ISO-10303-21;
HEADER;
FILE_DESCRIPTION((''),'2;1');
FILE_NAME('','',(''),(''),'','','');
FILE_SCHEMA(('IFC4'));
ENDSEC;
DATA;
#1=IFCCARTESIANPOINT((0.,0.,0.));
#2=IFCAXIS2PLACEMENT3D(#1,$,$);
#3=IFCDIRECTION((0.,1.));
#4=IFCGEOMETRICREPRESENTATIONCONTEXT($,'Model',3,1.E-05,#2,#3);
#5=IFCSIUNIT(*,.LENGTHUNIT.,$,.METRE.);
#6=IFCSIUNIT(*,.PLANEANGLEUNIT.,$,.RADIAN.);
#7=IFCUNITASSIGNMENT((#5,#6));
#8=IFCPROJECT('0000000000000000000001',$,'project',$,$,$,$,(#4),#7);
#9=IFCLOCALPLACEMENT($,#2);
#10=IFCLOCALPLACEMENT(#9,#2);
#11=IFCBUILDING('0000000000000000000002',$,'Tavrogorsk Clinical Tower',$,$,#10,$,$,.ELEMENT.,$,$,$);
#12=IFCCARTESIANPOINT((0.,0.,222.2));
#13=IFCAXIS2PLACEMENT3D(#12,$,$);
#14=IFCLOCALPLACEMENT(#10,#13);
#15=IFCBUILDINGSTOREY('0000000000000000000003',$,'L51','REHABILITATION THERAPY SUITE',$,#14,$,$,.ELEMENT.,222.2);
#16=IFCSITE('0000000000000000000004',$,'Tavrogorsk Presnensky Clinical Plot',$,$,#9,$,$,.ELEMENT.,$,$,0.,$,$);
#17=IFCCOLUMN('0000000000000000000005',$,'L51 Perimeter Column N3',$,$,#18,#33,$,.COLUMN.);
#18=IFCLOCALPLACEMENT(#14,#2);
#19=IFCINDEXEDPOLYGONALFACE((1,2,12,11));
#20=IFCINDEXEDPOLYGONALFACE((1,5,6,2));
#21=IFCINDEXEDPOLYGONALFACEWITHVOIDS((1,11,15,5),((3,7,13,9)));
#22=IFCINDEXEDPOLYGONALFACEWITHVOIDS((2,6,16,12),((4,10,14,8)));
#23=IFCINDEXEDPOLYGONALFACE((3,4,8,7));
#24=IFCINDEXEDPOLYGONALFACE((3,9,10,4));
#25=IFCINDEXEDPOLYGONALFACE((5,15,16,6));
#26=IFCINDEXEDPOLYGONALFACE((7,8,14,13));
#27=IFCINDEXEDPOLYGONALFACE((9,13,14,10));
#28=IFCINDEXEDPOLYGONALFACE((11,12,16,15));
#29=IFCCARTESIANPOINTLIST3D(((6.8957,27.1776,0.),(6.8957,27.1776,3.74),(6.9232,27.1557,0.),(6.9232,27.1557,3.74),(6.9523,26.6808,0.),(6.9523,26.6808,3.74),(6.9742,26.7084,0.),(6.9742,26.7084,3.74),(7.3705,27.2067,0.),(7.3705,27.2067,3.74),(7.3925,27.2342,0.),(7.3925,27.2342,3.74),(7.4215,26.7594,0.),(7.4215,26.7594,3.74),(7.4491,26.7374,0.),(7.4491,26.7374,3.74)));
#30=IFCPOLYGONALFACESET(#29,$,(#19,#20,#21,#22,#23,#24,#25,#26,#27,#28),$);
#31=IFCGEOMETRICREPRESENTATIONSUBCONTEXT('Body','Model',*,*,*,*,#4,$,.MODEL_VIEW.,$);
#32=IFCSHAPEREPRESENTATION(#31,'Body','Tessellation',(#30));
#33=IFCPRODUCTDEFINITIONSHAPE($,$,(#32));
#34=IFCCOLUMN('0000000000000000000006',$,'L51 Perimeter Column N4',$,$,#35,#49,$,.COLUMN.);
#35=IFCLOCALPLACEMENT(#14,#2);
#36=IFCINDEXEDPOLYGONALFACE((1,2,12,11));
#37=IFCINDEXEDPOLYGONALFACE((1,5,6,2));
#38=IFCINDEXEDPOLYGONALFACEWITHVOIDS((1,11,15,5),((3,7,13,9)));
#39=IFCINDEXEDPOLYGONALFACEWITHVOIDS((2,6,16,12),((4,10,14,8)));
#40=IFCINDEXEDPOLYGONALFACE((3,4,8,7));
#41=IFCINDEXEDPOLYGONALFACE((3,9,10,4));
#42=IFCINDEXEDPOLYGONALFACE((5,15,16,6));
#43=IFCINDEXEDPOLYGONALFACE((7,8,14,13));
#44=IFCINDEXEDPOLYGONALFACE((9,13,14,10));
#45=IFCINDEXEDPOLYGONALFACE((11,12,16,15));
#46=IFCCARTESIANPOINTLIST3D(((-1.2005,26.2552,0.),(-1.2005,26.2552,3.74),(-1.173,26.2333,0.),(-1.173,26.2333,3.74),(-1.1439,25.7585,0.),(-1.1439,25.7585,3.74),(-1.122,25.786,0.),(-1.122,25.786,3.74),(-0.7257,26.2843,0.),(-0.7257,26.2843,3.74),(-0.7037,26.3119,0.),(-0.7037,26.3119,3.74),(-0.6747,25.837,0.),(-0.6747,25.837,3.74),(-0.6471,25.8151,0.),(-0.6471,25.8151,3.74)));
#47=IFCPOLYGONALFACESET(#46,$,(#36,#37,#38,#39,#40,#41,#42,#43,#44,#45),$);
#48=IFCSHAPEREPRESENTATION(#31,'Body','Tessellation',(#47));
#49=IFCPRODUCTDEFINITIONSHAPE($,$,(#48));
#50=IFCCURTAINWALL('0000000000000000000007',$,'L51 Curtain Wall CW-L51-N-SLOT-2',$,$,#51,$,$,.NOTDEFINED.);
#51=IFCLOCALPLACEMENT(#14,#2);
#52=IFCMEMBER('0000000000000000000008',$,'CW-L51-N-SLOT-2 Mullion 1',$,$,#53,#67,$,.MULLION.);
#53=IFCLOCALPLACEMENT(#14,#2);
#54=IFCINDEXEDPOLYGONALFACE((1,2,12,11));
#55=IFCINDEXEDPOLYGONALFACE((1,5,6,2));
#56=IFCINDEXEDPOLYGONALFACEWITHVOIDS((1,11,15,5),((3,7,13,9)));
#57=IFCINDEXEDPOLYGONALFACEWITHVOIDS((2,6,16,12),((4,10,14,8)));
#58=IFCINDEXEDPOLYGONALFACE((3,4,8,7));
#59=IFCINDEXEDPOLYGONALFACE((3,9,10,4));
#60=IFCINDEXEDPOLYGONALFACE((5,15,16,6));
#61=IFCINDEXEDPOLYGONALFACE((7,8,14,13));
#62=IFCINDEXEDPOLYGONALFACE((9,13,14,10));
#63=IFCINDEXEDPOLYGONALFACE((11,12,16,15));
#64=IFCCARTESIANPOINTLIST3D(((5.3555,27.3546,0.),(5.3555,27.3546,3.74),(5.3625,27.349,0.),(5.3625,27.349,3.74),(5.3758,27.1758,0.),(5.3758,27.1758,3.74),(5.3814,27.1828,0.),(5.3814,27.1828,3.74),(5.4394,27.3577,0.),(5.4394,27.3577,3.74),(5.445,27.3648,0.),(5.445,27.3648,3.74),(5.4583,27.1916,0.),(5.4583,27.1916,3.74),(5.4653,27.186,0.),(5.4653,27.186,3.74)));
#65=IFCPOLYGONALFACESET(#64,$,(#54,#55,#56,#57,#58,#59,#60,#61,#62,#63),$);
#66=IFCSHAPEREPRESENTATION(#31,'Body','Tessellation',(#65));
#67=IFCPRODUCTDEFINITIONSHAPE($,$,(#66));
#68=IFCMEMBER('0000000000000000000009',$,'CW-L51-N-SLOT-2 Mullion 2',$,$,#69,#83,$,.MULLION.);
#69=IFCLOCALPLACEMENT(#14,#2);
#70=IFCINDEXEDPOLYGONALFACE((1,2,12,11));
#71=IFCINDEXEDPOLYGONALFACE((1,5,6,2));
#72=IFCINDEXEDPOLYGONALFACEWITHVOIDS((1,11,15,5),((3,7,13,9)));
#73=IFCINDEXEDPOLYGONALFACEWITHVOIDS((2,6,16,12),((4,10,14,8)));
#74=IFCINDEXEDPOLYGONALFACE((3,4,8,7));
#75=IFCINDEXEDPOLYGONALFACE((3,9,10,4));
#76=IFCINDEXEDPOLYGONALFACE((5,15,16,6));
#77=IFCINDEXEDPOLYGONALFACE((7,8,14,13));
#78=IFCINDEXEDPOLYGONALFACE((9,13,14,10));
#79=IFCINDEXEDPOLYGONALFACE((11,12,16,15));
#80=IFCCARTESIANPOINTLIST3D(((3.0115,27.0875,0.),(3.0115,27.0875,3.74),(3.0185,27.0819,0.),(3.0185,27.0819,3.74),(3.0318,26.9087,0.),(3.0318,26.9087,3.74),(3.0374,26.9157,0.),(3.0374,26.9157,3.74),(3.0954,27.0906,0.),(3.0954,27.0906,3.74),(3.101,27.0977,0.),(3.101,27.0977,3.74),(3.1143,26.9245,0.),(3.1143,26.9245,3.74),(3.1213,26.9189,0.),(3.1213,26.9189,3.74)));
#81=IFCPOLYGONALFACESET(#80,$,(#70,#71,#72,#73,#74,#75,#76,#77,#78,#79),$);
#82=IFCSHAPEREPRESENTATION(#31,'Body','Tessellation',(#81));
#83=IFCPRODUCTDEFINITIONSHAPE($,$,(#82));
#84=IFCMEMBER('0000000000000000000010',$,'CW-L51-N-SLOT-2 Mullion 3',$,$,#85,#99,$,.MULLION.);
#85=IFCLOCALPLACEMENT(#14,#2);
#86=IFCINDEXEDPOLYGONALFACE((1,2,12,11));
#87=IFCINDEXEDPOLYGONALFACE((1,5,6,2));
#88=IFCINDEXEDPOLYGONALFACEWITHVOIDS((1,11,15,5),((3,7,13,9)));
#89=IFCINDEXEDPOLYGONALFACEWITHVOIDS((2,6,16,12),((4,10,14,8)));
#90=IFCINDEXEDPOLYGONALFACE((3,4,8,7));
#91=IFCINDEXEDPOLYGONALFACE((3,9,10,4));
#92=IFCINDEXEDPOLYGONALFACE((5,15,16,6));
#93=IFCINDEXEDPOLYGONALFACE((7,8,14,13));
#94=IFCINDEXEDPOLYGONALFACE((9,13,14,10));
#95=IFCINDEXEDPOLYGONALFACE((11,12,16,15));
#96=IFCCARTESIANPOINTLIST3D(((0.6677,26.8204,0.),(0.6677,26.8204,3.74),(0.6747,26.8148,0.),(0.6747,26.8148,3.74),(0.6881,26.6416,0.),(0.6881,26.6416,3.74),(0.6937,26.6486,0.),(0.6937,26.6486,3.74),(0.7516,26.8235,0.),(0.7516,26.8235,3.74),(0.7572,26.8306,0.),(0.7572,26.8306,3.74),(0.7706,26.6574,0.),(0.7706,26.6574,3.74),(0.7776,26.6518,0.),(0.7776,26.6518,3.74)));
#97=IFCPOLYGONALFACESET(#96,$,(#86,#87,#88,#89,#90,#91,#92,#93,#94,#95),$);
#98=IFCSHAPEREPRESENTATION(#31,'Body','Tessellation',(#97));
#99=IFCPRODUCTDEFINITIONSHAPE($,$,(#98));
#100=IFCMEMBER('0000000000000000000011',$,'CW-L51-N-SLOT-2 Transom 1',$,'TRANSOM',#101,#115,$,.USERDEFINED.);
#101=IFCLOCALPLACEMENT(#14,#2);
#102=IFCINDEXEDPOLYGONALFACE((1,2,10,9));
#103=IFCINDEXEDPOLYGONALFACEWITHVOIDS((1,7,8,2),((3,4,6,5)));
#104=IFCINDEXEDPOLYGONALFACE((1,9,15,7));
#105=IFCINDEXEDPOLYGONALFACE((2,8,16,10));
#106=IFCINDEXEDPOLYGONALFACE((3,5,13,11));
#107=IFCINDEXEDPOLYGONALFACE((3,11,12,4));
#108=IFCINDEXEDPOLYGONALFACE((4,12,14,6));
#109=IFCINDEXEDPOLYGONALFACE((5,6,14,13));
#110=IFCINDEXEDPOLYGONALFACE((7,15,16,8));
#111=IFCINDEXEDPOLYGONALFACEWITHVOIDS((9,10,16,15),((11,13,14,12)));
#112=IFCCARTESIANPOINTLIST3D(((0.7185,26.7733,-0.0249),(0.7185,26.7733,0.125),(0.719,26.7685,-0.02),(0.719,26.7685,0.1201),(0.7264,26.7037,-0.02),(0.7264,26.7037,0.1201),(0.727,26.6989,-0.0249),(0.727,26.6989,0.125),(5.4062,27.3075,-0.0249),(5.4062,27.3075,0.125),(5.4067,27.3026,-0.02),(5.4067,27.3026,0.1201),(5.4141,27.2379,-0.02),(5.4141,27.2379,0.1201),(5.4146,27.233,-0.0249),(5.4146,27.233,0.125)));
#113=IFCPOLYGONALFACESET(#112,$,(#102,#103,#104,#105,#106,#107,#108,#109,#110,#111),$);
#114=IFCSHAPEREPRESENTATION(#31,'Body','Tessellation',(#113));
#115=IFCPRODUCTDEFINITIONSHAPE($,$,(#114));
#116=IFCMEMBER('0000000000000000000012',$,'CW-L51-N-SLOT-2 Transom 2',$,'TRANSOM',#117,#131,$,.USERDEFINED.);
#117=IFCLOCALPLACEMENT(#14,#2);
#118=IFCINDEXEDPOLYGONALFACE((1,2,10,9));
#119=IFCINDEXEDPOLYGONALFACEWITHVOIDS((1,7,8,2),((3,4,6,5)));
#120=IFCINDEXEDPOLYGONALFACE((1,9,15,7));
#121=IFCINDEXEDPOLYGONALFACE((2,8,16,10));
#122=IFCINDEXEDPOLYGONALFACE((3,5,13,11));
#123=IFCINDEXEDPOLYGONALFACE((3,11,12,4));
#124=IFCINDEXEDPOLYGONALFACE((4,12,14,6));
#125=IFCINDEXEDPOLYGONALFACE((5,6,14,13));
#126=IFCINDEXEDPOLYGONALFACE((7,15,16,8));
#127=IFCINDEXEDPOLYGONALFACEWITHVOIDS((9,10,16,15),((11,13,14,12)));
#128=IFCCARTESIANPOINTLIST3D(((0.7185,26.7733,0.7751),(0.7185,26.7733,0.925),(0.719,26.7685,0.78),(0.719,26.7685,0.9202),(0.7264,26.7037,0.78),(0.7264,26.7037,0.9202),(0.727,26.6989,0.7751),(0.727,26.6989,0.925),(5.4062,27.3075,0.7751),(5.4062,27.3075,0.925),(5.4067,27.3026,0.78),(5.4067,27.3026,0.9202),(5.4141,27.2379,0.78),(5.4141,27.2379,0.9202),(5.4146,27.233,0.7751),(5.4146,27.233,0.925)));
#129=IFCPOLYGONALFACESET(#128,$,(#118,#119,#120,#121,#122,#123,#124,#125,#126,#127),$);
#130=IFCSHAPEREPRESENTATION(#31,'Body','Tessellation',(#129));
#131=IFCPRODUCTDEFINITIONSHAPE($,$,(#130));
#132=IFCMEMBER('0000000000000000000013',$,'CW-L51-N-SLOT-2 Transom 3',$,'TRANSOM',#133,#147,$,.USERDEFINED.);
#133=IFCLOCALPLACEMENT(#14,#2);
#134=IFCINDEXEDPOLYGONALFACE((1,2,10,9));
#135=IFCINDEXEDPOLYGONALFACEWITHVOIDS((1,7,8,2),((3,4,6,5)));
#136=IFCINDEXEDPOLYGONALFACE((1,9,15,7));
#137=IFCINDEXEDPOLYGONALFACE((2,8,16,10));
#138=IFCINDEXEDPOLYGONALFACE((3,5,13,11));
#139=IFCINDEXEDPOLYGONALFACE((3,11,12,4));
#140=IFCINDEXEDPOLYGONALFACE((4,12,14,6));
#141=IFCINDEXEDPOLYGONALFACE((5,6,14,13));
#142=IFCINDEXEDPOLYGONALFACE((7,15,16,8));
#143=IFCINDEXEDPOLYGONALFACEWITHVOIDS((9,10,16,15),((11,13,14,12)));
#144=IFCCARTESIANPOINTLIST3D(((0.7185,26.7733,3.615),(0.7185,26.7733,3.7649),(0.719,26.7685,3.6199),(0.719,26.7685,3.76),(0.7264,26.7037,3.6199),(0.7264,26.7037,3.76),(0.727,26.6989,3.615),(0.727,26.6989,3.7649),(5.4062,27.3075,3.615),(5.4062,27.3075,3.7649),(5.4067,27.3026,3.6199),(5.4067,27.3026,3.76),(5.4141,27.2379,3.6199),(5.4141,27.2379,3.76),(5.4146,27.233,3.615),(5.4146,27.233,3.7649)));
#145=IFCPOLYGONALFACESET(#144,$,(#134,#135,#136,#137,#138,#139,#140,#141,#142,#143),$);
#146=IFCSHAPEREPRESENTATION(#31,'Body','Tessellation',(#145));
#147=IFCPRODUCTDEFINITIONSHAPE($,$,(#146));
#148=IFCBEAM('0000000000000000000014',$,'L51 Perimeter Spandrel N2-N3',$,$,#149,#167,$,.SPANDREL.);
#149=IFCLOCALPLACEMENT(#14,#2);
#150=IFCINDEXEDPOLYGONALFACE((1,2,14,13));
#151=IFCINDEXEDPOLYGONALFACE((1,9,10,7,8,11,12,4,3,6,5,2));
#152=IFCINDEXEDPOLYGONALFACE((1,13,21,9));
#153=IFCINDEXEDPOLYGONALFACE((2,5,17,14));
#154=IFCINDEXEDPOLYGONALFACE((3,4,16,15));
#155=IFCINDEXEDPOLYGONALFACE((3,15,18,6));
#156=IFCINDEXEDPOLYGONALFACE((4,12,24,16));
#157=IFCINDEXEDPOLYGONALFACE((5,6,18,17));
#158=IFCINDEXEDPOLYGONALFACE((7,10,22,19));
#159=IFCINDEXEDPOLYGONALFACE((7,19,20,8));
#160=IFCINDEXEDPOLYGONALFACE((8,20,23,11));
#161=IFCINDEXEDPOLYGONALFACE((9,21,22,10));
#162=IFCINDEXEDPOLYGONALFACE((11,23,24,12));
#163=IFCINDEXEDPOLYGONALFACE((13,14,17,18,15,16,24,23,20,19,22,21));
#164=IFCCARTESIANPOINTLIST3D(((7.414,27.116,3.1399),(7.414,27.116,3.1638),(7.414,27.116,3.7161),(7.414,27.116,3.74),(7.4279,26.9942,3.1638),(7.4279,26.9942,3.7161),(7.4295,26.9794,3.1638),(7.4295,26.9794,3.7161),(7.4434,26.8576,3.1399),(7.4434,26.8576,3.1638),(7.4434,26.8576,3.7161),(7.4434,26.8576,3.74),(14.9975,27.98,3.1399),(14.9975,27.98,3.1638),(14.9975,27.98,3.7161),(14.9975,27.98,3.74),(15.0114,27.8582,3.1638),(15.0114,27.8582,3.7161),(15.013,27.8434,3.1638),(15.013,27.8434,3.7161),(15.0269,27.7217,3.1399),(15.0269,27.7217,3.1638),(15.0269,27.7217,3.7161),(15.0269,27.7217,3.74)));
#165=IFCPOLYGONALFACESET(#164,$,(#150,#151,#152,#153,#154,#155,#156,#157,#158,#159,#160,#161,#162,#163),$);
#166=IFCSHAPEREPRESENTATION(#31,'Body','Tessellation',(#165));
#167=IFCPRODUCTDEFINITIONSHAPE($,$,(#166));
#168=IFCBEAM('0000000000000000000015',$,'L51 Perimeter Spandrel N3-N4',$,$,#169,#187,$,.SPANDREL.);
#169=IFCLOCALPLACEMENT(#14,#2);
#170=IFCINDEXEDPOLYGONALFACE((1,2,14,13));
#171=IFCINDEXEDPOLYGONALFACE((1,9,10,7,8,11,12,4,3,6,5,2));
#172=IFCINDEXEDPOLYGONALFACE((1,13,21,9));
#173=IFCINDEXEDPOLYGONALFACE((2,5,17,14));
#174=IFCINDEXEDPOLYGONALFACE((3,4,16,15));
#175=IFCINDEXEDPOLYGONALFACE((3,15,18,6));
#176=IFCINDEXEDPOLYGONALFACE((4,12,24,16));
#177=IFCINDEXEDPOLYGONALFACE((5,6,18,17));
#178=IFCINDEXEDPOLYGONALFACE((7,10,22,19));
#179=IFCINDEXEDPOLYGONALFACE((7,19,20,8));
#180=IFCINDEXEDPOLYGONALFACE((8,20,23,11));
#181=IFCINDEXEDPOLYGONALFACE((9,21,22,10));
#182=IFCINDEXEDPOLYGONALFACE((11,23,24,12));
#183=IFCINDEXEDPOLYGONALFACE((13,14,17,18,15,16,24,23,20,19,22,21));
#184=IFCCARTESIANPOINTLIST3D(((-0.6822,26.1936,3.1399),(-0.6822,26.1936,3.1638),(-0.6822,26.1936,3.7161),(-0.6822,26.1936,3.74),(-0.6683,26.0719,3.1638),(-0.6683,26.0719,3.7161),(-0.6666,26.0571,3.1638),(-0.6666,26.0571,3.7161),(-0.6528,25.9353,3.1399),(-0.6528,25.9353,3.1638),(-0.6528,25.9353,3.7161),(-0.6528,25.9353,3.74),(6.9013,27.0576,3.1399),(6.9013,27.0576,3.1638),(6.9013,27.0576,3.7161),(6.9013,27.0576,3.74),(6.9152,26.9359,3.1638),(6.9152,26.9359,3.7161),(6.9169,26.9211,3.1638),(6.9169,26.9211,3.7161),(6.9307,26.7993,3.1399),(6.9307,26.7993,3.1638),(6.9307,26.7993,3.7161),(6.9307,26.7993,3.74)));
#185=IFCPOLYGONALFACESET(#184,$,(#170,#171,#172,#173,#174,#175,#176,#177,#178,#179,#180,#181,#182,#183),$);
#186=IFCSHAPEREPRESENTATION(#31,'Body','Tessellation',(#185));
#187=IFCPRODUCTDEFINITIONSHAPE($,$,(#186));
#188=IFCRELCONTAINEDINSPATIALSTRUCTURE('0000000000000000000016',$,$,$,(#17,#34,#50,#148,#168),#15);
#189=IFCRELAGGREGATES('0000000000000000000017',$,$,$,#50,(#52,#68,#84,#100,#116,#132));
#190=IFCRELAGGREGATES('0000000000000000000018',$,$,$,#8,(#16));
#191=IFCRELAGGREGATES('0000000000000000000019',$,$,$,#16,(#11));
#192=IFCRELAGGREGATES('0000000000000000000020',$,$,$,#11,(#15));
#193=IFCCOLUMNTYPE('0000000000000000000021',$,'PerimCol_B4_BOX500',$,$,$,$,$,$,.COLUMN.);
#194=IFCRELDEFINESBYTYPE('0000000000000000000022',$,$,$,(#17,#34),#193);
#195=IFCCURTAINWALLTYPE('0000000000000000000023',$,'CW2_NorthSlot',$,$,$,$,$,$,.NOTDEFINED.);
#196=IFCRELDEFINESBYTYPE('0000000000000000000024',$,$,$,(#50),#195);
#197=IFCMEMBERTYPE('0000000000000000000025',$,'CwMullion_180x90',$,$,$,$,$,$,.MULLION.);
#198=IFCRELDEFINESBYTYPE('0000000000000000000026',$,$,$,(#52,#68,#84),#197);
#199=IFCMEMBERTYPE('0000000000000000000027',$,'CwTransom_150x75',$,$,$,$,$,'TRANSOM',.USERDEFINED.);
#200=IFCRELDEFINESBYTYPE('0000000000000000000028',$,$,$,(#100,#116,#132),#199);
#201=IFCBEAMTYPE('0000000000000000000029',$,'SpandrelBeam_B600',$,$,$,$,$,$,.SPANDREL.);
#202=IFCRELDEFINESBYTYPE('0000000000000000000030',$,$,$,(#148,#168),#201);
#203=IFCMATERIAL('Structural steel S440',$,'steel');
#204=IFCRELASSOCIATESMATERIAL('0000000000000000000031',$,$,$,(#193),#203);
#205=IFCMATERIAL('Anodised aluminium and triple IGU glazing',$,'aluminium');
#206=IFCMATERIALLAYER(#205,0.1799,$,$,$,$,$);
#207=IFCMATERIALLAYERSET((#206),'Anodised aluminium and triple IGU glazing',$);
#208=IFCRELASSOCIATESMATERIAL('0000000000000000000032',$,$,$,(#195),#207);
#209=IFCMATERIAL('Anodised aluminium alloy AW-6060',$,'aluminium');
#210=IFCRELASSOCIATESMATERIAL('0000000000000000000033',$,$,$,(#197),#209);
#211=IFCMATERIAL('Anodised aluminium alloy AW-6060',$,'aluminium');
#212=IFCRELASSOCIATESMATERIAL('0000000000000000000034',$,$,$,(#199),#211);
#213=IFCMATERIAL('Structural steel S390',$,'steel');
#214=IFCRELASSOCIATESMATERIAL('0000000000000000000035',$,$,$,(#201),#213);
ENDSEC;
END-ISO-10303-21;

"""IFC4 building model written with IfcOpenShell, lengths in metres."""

from ifc_helpers import new_model, si_unit, direction, frame, origin, origin_2d, place, context, subcontext, project, spatial, hollow_rectangle, i_section, extrude, material, layer, layer_set, material_profile, profile_set, type_object, element, aggregate, save


model = new_model("IFC4")

# Units and contexts
model_context = context("Model", 3, precision=1e-05, world=origin(), true_north=direction((0.0, 1.0)))
body_context = subcontext(model_context, "Body", "Model", "MODEL_VIEW")
ifc_project = project(units=[si_unit("LENGTHUNIT", "METRE"), si_unit("PLANEANGLEUNIT", "RADIAN")], contexts=[model_context])

# Site, building, storey
site_placement = place(None, origin())
site = spatial("IfcSite", under=ifc_project, at=site_placement, Name="Tavrogorsk Presnensky Clinical Plot", CompositionType="ELEMENT", RefElevation=0.0)
building_placement = place(site_placement, origin())
building = spatial("IfcBuilding", under=site, at=building_placement, Name="Tavrogorsk Clinical Tower", CompositionType="ELEMENT")
storey_placement = place(building_placement, frame((0.0, 0.0, 222.2)))
storey = spatial("IfcBuildingStorey", under=building, at=storey_placement, Name="L51", Description="REHABILITATION THERAPY SUITE", CompositionType="ELEMENT", Elevation=222.2)

# Columns
ifc_material_1 = material(Name="Structural steel S440", Category="steel")
ifc_material_profile_1 = material_profile(ifc_material_1, hollow_rectangle(XDim=0.5, YDim=0.5, WallThickness=0.0249, at=origin_2d()), Name="BOX-500x500x25")
ifc_profile_set_1 = profile_set([ifc_material_profile_1], Name="Structural steel S440")
column_type = type_object("IfcColumnType", Name="PerimCol_B4_BOX500", PredefinedType="COLUMN", material=ifc_profile_set_1)
for number, where, z_axis, x_axis, name in (
    (1, (7.1724, 26.9575, 0.0), (0.0, 0.0, 1.0), (0.993572, 0.113203, 0.0), "L51 Perimeter Column N3"),
    (2, (-0.9238, 26.0352, 0.0), (0.0, 0.0, 1.0), (0.993572, 0.113203, 0.0), "L51 Perimeter Column N4"),
):
    element("IfcColumn", number, at=place(storey_placement, frame(where, z_axis=z_axis, x_axis=x_axis)), inside=storey, type_object=column_type, Name=name, PredefinedType="COLUMN", context=body_context, shape_type="SweptSolid", body=[
        extrude(hollow_rectangle(XDim=0.5, YDim=0.5, WallThickness=0.0249, at=origin_2d()), origin(), (0.0, 0.0, 1.0), 3.74),
    ])

# Curtain wall, members
ifc_material_2 = material(Name="Anodised aluminium and triple IGU glazing", Category="aluminium")
ifc_layer_1 = layer(ifc_material_2, 0.1799)
ifc_layer_set_1 = layer_set([ifc_layer_1], Name="Anodised aluminium and triple IGU glazing")
curtain_wall_type = type_object("IfcCurtainWallType", Name="CW2_NorthSlot", PredefinedType="NOTDEFINED", material=ifc_layer_set_1)
curtain_wall_placement = place(storey_placement, origin())
curtain_wall = element("IfcCurtainWall", 3, at=curtain_wall_placement, inside=storey, type_object=curtain_wall_type, Name="L51 Curtain Wall CW-L51-N-SLOT-2", PredefinedType="NOTDEFINED")
ifc_material_3 = material(Name="Anodised aluminium alloy AW-6060", Category="aluminium")
ifc_material_profile_2 = material_profile(ifc_material_3, hollow_rectangle(XDim=0.0901, YDim=0.1799, WallThickness=0.0063, at=origin_2d()), Name="RHS-180x90x6.3")
ifc_profile_set_2 = profile_set([ifc_material_profile_2], Name="Anodised aluminium alloy AW-6060")
member_type_1 = type_object("IfcMemberType", Name="CwMullion_180x90", PredefinedType="MULLION", material=ifc_profile_set_2)
member_1_placement = place(storey_placement, frame((5.4104, 27.2703, 0.0), z_axis=(0.0, 0.0, 1.0), x_axis=(-0.993572, -0.113203, 0.0)))
member_1 = element("IfcMember", 4, at=member_1_placement, type_object=member_type_1, Name="CW-L51-N-SLOT-2 Mullion 1", PredefinedType="MULLION", context=body_context, shape_type="SweptSolid", body=[
    extrude(hollow_rectangle(XDim=0.0901, YDim=0.1799, WallThickness=0.0063, at=origin_2d()), origin(), (0.0, 0.0, 1.0), 3.74),
])
member_2_placement = place(storey_placement, frame((3.0664, 27.0032, 0.0), z_axis=(0.0, 0.0, 1.0), x_axis=(-0.993572, -0.113203, 0.0)))
member_2 = element("IfcMember", 5, at=member_2_placement, type_object=member_type_1, Name="CW-L51-N-SLOT-2 Mullion 2", PredefinedType="MULLION", context=body_context, shape_type="SweptSolid", body=[
    extrude(hollow_rectangle(XDim=0.0901, YDim=0.1799, WallThickness=0.0063, at=origin_2d()), origin(), (0.0, 0.0, 1.0), 3.74),
])
member_3_placement = place(storey_placement, frame((0.7227, 26.7361, 0.0), z_axis=(0.0, 0.0, 1.0), x_axis=(-0.993572, -0.113203, 0.0)))
member_3 = element("IfcMember", 6, at=member_3_placement, type_object=member_type_1, Name="CW-L51-N-SLOT-2 Mullion 3", PredefinedType="MULLION", context=body_context, shape_type="SweptSolid", body=[
    extrude(hollow_rectangle(XDim=0.0901, YDim=0.1799, WallThickness=0.0063, at=origin_2d()), origin(), (0.0, 0.0, 1.0), 3.74),
])
ifc_material_4 = material(Name="Anodised aluminium alloy AW-6060", Category="aluminium")
ifc_material_profile_3 = material_profile(ifc_material_4, hollow_rectangle(XDim=0.075, YDim=0.1499, WallThickness=0.0049, at=origin_2d()), Name="RHS-150x75x5")
ifc_profile_set_3 = profile_set([ifc_material_profile_3], Name="Anodised aluminium alloy AW-6060")
member_type_2 = type_object("IfcMemberType", Name="CwTransom_150x75", ElementType="TRANSOM", PredefinedType="USERDEFINED", material=ifc_profile_set_3)
member_4_placement = place(storey_placement, frame((5.4104, 27.2703, 0.05), z_axis=(-0.99357, -0.11322, 0.0), x_axis=(0.11322, -0.99357, 0.0)))
member_4 = element("IfcMember", 7, at=member_4_placement, type_object=member_type_2, Name="CW-L51-N-SLOT-2 Transom 1", ObjectType="TRANSOM", PredefinedType="USERDEFINED", context=body_context, shape_type="SweptSolid", body=[
    extrude(hollow_rectangle(XDim=0.075, YDim=0.1499, WallThickness=0.0049, at=origin_2d()), origin(), (0.0, 0.0, 1.0), 4.718),
])
member_5_placement = place(storey_placement, frame((5.4104, 27.2703, 0.8501), z_axis=(-0.99357, -0.11322, 0.0), x_axis=(0.11322, -0.99357, 0.0)))
member_5 = element("IfcMember", 8, at=member_5_placement, type_object=member_type_2, Name="CW-L51-N-SLOT-2 Transom 2", ObjectType="TRANSOM", PredefinedType="USERDEFINED", context=body_context, shape_type="SweptSolid", body=[
    extrude(hollow_rectangle(XDim=0.075, YDim=0.1499, WallThickness=0.0049, at=origin_2d()), origin(), (0.0, 0.0, 1.0), 4.718),
])
member_6_placement = place(storey_placement, frame((5.4104, 27.2703, 3.6899), z_axis=(-0.99357, -0.11322, 0.0), x_axis=(0.11322, -0.99357, 0.0)))
member_6 = element("IfcMember", 9, at=member_6_placement, type_object=member_type_2, Name="CW-L51-N-SLOT-2 Transom 3", ObjectType="TRANSOM", PredefinedType="USERDEFINED", context=body_context, shape_type="SweptSolid", body=[
    extrude(hollow_rectangle(XDim=0.075, YDim=0.1499, WallThickness=0.0049, at=origin_2d()), origin(), (0.0, 0.0, 1.0), 4.718),
])

# Beams
ifc_material_5 = material(Name="Structural steel S390", Category="steel")
ifc_material_profile_4 = material_profile(ifc_material_5, i_section(OverallWidth=0.26, OverallDepth=0.6001, WebThickness=0.0149, FlangeThickness=0.0239, at=origin_2d()), Name="B-600x260x15x24")
ifc_profile_set_4 = profile_set([ifc_material_profile_4], Name="Structural steel S390")
beam_type = type_object("IfcBeamType", Name="SpandrelBeam_B600", PredefinedType="SPANDREL", material=ifc_profile_set_4)
for number, where, z_axis, x_axis, name in (
    (10, (15.0122, 27.8508, 3.4399), (-0.993572, -0.113201, 0.0), (0.113201, -0.993572, 0.0), "L51 Perimeter Spandrel N2-N3"),
    (11, (6.916, 26.9285, 3.4399), (-0.993572, -0.113201, 0.0), (0.113201, -0.993572, 0.0), "L51 Perimeter Spandrel N3-N4"),
):
    element("IfcBeam", number, at=place(storey_placement, frame(where, z_axis=z_axis, x_axis=x_axis)), inside=storey, type_object=beam_type, Name=name, PredefinedType="SPANDREL", context=body_context, shape_type="SweptSolid", body=[
        extrude(i_section(OverallWidth=0.26, OverallDepth=0.6001, WebThickness=0.0149, FlangeThickness=0.0239, at=origin_2d()), origin(), (0.0, 0.0, 1.0), 7.6326),
    ])

aggregate(curtain_wall, [member_1, member_2, member_3, member_4, member_5, member_6])

save(model, "model.ifc")
